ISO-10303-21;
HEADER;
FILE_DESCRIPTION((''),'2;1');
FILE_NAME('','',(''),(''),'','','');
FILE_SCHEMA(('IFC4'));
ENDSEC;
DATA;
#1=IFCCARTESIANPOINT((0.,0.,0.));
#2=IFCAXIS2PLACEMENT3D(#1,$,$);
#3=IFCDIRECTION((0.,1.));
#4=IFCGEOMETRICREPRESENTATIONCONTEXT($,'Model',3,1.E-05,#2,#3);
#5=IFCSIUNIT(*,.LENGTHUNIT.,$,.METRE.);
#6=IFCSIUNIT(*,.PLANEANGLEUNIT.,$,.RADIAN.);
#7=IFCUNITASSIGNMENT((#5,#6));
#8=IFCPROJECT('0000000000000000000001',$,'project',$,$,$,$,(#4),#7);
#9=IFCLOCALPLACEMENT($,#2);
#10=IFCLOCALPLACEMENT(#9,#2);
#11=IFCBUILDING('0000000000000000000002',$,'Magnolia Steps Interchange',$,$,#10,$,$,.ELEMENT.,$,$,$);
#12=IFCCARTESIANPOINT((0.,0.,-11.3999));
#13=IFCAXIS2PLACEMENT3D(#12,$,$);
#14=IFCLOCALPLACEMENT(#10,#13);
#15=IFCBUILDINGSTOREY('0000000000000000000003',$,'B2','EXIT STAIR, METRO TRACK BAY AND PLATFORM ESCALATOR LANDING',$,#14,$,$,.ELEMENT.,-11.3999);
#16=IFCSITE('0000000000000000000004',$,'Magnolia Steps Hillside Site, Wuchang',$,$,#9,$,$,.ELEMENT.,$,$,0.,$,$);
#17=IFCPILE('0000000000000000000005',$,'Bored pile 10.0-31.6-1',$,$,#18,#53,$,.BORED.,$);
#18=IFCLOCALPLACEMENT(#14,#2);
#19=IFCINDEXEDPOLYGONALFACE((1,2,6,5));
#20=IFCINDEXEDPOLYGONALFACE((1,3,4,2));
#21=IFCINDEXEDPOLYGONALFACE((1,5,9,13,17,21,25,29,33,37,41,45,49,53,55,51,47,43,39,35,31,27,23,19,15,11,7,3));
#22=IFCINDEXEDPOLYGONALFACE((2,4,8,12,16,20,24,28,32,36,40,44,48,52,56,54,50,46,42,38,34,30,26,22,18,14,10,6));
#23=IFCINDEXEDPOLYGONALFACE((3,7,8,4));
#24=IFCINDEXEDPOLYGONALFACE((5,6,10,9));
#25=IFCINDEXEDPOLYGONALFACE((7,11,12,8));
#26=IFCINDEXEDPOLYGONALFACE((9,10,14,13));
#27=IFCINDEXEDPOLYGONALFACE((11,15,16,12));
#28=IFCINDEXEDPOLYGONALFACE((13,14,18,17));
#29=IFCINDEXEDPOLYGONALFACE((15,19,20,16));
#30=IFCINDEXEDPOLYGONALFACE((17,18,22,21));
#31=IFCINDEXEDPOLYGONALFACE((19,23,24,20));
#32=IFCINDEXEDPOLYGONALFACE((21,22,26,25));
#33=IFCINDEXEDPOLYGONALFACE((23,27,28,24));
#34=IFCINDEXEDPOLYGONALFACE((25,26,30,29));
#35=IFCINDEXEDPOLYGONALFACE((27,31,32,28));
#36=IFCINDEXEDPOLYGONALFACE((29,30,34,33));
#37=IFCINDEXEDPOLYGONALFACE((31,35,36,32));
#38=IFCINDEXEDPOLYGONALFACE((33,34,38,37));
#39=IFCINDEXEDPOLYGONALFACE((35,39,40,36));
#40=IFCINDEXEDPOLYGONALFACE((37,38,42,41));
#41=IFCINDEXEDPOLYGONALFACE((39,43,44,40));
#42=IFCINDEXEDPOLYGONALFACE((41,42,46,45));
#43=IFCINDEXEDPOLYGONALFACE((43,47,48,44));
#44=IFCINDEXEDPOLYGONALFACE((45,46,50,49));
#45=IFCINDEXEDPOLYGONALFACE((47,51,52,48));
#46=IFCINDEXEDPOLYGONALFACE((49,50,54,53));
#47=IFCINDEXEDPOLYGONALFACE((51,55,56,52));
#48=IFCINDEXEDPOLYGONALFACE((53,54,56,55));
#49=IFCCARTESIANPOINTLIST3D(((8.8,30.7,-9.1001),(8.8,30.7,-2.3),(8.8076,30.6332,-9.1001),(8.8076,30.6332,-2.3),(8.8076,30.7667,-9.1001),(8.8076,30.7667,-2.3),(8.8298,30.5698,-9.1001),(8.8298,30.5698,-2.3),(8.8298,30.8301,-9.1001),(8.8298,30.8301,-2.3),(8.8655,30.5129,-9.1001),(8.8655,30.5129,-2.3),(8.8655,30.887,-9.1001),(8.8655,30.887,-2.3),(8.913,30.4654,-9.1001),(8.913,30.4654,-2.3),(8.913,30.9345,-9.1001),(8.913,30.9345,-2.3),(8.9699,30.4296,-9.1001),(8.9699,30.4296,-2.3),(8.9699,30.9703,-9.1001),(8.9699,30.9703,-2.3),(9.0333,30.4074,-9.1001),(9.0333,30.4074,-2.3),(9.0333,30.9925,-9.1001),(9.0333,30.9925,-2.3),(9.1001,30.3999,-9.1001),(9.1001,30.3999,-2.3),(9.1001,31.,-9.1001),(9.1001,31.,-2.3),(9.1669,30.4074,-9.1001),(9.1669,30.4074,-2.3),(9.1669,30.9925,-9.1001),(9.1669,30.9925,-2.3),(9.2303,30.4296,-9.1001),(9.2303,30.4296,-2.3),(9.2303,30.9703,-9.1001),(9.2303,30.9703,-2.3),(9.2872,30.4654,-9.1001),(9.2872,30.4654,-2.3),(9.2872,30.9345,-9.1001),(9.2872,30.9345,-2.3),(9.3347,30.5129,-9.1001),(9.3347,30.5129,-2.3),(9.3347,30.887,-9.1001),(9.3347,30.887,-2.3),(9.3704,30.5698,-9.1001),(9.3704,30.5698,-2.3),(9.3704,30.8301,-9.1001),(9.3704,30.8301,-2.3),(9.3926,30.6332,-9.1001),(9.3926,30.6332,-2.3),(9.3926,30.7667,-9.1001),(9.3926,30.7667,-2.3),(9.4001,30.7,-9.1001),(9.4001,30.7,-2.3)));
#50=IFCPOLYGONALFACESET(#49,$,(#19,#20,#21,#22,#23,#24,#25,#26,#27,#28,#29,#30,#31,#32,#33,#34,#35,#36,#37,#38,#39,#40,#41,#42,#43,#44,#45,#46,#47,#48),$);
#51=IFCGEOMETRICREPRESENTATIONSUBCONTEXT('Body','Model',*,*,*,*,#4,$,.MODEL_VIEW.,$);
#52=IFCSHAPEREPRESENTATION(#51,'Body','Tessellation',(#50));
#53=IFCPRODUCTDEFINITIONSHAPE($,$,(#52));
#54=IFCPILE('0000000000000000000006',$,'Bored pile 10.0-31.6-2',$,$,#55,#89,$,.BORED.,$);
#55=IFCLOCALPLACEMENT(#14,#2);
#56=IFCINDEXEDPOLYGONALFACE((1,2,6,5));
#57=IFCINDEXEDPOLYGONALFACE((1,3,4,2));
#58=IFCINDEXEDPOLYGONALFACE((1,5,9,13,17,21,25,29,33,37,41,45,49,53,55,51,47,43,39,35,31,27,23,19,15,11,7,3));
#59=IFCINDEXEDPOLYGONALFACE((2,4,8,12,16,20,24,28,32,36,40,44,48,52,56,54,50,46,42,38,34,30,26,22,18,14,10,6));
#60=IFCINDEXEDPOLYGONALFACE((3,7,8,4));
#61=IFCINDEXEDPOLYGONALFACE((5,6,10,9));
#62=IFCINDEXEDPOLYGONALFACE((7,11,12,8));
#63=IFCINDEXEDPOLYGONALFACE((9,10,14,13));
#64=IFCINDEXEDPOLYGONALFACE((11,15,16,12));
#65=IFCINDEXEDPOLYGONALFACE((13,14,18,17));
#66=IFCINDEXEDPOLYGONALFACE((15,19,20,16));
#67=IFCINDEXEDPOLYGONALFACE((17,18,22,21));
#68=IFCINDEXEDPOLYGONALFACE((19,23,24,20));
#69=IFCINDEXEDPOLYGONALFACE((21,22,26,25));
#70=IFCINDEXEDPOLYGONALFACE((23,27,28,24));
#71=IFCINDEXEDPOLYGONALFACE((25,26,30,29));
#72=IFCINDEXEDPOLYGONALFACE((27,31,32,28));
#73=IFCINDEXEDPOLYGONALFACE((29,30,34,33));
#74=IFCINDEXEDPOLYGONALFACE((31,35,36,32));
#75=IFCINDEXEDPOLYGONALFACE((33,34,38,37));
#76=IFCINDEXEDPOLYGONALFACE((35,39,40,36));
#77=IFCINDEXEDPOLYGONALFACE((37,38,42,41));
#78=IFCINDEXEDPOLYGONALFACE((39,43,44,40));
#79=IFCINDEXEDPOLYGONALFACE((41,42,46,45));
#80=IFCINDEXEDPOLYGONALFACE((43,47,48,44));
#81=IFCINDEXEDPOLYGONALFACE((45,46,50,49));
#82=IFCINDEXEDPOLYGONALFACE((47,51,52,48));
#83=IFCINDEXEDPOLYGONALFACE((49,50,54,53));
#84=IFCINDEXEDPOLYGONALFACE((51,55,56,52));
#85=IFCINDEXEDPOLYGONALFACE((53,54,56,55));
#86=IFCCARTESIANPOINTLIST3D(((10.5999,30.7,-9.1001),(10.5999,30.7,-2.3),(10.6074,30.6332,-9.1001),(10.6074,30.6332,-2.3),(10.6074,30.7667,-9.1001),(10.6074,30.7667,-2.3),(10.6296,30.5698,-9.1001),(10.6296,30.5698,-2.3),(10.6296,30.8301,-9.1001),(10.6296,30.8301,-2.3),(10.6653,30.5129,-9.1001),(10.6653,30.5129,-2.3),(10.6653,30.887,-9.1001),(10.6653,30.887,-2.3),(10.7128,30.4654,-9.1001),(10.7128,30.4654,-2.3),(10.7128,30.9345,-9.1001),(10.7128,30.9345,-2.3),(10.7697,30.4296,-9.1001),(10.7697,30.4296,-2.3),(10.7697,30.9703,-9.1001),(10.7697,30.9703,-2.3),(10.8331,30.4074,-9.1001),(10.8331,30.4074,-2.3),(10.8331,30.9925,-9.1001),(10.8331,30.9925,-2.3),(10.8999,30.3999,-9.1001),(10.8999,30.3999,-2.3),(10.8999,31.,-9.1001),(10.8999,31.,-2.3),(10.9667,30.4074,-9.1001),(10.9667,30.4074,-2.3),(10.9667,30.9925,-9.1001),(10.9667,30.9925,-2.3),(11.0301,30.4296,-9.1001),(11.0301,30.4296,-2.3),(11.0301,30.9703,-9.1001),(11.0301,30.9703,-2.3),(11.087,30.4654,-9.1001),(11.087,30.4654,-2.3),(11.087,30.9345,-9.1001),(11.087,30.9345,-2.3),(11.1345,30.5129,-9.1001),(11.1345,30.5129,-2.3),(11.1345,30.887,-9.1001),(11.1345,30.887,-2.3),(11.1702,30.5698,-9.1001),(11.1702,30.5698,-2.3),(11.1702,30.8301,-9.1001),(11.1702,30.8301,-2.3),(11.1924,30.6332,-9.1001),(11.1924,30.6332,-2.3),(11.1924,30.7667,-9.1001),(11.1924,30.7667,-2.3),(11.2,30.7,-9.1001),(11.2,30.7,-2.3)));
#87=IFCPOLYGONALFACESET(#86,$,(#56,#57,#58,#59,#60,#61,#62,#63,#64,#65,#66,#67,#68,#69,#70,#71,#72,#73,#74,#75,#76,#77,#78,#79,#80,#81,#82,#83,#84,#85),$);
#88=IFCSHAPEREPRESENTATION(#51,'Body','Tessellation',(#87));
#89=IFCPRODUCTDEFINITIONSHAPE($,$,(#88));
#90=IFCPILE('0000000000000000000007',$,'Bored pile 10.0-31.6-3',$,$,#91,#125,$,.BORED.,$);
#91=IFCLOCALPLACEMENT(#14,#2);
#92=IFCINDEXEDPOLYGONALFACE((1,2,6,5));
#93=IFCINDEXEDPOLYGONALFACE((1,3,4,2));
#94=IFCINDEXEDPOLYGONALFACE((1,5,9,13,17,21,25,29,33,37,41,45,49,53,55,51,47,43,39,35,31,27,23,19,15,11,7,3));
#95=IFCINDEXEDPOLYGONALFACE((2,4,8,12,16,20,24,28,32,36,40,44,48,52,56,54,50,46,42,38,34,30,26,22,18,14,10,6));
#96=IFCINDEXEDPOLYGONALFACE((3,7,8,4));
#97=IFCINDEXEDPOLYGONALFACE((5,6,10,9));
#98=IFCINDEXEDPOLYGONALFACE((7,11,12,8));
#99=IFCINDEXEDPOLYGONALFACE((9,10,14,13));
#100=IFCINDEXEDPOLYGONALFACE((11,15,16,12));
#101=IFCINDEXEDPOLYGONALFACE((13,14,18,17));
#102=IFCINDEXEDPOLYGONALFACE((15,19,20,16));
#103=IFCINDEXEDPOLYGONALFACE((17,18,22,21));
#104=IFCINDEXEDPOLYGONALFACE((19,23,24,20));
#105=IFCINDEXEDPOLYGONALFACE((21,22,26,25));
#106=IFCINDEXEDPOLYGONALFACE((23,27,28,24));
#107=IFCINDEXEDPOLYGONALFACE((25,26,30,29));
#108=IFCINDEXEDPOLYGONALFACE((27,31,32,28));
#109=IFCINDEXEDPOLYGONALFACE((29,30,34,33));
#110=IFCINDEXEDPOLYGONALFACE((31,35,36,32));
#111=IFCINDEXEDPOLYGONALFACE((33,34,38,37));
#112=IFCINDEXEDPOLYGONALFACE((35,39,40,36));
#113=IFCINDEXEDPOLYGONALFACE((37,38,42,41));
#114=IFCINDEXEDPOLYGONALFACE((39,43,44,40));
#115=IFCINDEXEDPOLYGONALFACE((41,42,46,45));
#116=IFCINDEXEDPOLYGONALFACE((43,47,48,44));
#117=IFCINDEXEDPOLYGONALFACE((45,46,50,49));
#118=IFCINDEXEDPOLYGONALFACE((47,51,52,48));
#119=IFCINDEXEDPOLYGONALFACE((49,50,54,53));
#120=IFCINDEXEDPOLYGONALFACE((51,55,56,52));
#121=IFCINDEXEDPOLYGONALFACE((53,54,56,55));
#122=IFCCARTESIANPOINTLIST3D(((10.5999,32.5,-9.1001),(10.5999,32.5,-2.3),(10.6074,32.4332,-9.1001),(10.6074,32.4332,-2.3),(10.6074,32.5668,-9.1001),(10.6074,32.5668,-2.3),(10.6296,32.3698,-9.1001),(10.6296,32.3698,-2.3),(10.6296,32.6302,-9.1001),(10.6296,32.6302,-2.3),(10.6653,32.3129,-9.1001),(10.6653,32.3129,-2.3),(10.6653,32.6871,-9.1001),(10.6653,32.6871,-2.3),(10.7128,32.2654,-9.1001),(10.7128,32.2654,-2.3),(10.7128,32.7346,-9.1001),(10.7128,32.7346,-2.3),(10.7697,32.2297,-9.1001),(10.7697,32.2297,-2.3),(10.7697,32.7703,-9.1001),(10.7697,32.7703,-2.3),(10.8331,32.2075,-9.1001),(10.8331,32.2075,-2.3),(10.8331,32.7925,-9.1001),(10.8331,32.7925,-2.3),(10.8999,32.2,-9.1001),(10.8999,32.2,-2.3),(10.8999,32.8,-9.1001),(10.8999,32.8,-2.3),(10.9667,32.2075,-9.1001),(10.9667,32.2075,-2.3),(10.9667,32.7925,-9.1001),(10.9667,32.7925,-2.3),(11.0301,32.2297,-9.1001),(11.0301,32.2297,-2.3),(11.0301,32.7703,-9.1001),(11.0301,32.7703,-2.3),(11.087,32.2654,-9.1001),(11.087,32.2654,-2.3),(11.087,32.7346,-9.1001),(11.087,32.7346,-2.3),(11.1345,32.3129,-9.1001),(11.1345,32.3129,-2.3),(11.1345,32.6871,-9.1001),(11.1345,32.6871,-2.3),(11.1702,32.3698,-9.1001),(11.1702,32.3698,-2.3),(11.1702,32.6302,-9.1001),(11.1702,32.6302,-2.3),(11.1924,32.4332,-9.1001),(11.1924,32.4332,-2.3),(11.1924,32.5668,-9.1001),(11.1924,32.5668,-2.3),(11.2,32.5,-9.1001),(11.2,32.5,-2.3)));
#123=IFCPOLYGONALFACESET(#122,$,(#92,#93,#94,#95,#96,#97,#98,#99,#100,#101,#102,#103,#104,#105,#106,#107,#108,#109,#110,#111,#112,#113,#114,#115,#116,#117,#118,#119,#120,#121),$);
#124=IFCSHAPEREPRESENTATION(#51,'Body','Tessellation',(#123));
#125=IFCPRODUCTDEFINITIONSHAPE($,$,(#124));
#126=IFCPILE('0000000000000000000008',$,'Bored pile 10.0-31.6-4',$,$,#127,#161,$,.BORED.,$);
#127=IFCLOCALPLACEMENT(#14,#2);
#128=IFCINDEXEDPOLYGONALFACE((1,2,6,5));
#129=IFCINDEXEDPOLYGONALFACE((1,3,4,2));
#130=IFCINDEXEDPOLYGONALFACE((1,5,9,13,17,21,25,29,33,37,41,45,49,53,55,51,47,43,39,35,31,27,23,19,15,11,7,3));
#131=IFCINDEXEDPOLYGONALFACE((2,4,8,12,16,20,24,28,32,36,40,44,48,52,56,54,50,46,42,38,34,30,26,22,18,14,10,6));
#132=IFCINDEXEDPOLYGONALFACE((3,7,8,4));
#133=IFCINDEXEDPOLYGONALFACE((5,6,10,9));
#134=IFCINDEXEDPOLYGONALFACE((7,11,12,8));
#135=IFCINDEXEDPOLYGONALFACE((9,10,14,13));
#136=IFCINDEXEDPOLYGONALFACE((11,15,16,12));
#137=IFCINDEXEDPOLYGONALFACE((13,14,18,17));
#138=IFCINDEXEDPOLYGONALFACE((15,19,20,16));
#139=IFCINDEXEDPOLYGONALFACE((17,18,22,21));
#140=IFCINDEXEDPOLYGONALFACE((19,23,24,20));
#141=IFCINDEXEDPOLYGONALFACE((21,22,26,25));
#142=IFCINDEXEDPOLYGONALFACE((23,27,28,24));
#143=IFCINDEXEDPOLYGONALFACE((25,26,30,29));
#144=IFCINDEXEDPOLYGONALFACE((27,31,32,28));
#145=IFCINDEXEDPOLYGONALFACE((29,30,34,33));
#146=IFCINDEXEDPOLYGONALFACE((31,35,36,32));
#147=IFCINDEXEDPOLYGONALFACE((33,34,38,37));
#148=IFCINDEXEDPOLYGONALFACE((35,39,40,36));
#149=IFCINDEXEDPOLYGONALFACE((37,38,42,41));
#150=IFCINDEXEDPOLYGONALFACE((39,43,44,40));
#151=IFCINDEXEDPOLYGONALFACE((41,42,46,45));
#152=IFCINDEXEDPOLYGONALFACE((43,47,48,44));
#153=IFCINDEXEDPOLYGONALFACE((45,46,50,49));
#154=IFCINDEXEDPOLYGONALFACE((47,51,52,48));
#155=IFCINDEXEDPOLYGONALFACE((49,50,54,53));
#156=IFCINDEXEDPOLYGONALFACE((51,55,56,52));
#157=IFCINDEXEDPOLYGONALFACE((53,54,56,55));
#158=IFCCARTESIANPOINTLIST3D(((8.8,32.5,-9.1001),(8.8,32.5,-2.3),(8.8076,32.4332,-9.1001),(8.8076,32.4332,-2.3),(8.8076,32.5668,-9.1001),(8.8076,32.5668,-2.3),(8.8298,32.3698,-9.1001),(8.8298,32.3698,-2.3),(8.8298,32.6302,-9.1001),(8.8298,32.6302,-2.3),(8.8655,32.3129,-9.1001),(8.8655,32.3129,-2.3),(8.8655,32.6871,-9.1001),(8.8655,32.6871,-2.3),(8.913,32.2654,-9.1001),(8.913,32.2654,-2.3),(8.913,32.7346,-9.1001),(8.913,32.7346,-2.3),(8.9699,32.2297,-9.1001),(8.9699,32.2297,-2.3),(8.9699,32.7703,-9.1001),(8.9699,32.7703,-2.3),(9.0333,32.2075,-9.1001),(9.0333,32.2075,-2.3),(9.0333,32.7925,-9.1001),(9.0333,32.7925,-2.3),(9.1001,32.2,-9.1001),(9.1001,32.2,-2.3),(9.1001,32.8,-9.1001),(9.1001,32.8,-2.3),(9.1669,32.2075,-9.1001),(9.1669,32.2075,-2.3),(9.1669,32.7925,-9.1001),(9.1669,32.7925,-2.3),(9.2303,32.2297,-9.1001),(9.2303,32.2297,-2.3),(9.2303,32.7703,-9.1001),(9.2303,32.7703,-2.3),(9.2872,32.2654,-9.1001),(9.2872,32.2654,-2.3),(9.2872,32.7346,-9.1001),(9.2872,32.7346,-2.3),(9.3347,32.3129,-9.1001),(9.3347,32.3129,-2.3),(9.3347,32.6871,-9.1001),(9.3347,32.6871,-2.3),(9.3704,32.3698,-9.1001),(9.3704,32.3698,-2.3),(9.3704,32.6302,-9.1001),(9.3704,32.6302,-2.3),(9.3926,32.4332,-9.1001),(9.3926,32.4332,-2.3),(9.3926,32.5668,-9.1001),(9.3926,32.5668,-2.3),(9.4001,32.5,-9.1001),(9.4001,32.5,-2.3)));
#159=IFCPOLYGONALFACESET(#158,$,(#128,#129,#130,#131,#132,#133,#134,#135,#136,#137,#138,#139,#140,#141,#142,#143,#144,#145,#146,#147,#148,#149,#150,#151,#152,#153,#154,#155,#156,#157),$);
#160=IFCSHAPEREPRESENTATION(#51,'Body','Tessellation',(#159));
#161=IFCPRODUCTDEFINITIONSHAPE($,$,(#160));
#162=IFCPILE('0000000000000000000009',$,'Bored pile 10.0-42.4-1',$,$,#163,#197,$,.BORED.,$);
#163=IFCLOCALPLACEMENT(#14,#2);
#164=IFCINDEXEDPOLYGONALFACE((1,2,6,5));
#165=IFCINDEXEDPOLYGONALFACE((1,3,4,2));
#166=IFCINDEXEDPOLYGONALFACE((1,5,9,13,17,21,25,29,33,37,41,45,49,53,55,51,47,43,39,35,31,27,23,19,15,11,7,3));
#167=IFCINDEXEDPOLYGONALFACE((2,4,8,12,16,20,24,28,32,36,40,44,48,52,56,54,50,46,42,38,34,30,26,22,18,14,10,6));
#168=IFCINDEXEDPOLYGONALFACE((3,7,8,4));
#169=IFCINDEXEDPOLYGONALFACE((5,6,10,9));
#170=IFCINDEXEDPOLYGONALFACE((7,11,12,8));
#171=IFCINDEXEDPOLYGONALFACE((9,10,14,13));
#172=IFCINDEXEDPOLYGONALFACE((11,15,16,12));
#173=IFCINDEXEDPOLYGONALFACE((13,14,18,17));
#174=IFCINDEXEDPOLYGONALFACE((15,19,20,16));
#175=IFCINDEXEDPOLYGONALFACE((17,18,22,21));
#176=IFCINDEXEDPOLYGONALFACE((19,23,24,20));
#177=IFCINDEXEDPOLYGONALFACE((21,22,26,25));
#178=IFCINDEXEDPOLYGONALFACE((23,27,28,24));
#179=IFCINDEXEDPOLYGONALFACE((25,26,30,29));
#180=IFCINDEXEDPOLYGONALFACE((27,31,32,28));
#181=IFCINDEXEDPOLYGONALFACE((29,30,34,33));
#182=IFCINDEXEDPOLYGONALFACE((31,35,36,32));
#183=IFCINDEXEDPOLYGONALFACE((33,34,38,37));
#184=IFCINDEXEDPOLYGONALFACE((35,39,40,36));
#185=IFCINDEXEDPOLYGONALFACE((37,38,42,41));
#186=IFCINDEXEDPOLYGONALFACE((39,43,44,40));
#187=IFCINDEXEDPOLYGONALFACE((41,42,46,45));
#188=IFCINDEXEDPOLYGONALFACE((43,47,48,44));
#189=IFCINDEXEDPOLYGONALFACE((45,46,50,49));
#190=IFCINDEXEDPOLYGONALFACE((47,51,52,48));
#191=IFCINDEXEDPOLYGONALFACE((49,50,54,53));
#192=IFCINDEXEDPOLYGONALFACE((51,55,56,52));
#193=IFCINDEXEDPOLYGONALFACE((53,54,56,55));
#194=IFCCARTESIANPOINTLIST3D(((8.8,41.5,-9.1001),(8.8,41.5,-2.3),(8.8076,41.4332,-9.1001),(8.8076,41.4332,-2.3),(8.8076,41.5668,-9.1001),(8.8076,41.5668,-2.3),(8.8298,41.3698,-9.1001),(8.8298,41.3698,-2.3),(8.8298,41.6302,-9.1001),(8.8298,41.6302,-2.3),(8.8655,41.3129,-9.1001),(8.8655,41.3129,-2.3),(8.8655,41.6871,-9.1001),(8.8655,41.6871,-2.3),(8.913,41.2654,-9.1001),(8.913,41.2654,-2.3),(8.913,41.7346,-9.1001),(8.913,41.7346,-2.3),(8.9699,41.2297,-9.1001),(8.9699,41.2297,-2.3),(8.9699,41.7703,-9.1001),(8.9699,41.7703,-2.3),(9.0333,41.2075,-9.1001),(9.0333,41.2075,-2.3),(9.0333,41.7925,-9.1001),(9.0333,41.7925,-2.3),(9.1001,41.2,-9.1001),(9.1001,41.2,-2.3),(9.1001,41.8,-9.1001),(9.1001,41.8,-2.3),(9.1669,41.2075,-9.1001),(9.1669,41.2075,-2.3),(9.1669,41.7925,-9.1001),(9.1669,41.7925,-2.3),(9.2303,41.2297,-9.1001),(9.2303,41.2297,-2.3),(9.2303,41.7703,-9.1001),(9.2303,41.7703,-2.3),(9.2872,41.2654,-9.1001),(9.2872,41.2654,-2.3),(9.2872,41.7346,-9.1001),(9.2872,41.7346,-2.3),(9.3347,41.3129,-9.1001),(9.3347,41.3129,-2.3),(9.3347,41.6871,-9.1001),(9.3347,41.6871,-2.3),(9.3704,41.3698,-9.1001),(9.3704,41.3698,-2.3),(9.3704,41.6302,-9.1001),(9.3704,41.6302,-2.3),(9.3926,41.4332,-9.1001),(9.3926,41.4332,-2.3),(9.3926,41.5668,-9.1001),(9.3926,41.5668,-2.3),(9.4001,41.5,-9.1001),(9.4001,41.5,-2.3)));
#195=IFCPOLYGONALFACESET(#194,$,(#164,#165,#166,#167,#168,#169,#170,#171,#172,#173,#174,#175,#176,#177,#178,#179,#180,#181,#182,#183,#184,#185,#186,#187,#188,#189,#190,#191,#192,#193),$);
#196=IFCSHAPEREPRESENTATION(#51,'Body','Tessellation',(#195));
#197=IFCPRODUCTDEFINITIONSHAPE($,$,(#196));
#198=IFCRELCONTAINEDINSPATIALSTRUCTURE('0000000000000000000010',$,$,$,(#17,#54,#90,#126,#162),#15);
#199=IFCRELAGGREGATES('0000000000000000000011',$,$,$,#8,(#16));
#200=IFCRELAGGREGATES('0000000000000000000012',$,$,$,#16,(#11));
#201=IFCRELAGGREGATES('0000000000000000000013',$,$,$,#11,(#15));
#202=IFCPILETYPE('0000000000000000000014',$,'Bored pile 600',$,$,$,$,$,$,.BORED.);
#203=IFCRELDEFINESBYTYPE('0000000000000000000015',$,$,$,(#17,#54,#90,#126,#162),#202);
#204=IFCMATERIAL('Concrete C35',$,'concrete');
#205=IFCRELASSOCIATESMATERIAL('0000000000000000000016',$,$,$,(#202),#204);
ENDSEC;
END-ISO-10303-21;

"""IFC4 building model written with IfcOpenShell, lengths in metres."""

from ifc_helpers import new_model, si_unit, direction, frame, origin, origin_2d, place, context, subcontext, project, spatial, circle, extrude, material, material_profile, profile_set, type_object, element, save


model = new_model("IFC4")

# Units and contexts
model_context = context("Model", 3, precision=1e-05, world=origin(), true_north=direction((0.0, 1.0)))
body_context = subcontext(model_context, "Body", "Model", "MODEL_VIEW")
ifc_project = project(units=[si_unit("LENGTHUNIT", "METRE"), si_unit("PLANEANGLEUNIT", "RADIAN")], contexts=[model_context])

# Site, building, storey
site_placement = place(None, origin())
site = spatial("IfcSite", under=ifc_project, at=site_placement, Name="Magnolia Steps Hillside Site, Wuchang", CompositionType="ELEMENT", RefElevation=0.0)
building_placement = place(site_placement, origin())
building = spatial("IfcBuilding", under=site, at=building_placement, Name="Magnolia Steps Interchange", CompositionType="ELEMENT")
storey_placement = place(building_placement, frame((0.0, 0.0, -11.3999)))
storey = spatial("IfcBuildingStorey", under=building, at=storey_placement, Name="B2", Description="EXIT STAIR, METRO TRACK BAY AND PLATFORM ESCALATOR LANDING", CompositionType="ELEMENT", Elevation=-11.3999)

# Piles
ifc_material_1 = material(Name="Concrete C35", Category="concrete")
ifc_material_profile_1 = material_profile(ifc_material_1, circle(Radius=0.3, at=origin_2d()), Name="Bored pile 600")
ifc_profile_set_1 = profile_set([ifc_material_profile_1], Name="Concrete C35")
pile_type_1 = type_object("IfcPileType", Name="Bored pile 600", PredefinedType="BORED", material=ifc_profile_set_1)
for number, where, z_axis, x_axis, name in (
    (1, (9.1001, 30.7, -2.3), (0.0, 0.0, -1.0), (1.0, 0.0, 0.0), "Bored pile 10.0-31.6-1"),
    (2, (10.8999, 30.7, -2.3), (0.0, 0.0, -1.0), (1.0, 0.0, 0.0), "Bored pile 10.0-31.6-2"),
    (3, (10.8999, 32.5, -2.3), (0.0, 0.0, -1.0), (1.0, 0.0, 0.0), "Bored pile 10.0-31.6-3"),
    (4, (9.1001, 32.5, -2.3), (0.0, 0.0, -1.0), (1.0, 0.0, 0.0), "Bored pile 10.0-31.6-4"),
    (5, (9.1001, 41.5, -2.3), (0.0, 0.0, -1.0), (1.0, 0.0, 0.0), "Bored pile 10.0-42.4-1"),
):
    element("IfcPile", number, at=place(storey_placement, frame(where, z_axis=z_axis, x_axis=x_axis)), inside=storey, type_object=pile_type_1, Name=name, PredefinedType="BORED", context=body_context, shape_type="SweptSolid", body=[
        extrude(circle(Radius=0.3, at=origin_2d()), origin(), (0.0, 0.0, 1.0), 6.8),
    ])

save(model, "model.ifc")
